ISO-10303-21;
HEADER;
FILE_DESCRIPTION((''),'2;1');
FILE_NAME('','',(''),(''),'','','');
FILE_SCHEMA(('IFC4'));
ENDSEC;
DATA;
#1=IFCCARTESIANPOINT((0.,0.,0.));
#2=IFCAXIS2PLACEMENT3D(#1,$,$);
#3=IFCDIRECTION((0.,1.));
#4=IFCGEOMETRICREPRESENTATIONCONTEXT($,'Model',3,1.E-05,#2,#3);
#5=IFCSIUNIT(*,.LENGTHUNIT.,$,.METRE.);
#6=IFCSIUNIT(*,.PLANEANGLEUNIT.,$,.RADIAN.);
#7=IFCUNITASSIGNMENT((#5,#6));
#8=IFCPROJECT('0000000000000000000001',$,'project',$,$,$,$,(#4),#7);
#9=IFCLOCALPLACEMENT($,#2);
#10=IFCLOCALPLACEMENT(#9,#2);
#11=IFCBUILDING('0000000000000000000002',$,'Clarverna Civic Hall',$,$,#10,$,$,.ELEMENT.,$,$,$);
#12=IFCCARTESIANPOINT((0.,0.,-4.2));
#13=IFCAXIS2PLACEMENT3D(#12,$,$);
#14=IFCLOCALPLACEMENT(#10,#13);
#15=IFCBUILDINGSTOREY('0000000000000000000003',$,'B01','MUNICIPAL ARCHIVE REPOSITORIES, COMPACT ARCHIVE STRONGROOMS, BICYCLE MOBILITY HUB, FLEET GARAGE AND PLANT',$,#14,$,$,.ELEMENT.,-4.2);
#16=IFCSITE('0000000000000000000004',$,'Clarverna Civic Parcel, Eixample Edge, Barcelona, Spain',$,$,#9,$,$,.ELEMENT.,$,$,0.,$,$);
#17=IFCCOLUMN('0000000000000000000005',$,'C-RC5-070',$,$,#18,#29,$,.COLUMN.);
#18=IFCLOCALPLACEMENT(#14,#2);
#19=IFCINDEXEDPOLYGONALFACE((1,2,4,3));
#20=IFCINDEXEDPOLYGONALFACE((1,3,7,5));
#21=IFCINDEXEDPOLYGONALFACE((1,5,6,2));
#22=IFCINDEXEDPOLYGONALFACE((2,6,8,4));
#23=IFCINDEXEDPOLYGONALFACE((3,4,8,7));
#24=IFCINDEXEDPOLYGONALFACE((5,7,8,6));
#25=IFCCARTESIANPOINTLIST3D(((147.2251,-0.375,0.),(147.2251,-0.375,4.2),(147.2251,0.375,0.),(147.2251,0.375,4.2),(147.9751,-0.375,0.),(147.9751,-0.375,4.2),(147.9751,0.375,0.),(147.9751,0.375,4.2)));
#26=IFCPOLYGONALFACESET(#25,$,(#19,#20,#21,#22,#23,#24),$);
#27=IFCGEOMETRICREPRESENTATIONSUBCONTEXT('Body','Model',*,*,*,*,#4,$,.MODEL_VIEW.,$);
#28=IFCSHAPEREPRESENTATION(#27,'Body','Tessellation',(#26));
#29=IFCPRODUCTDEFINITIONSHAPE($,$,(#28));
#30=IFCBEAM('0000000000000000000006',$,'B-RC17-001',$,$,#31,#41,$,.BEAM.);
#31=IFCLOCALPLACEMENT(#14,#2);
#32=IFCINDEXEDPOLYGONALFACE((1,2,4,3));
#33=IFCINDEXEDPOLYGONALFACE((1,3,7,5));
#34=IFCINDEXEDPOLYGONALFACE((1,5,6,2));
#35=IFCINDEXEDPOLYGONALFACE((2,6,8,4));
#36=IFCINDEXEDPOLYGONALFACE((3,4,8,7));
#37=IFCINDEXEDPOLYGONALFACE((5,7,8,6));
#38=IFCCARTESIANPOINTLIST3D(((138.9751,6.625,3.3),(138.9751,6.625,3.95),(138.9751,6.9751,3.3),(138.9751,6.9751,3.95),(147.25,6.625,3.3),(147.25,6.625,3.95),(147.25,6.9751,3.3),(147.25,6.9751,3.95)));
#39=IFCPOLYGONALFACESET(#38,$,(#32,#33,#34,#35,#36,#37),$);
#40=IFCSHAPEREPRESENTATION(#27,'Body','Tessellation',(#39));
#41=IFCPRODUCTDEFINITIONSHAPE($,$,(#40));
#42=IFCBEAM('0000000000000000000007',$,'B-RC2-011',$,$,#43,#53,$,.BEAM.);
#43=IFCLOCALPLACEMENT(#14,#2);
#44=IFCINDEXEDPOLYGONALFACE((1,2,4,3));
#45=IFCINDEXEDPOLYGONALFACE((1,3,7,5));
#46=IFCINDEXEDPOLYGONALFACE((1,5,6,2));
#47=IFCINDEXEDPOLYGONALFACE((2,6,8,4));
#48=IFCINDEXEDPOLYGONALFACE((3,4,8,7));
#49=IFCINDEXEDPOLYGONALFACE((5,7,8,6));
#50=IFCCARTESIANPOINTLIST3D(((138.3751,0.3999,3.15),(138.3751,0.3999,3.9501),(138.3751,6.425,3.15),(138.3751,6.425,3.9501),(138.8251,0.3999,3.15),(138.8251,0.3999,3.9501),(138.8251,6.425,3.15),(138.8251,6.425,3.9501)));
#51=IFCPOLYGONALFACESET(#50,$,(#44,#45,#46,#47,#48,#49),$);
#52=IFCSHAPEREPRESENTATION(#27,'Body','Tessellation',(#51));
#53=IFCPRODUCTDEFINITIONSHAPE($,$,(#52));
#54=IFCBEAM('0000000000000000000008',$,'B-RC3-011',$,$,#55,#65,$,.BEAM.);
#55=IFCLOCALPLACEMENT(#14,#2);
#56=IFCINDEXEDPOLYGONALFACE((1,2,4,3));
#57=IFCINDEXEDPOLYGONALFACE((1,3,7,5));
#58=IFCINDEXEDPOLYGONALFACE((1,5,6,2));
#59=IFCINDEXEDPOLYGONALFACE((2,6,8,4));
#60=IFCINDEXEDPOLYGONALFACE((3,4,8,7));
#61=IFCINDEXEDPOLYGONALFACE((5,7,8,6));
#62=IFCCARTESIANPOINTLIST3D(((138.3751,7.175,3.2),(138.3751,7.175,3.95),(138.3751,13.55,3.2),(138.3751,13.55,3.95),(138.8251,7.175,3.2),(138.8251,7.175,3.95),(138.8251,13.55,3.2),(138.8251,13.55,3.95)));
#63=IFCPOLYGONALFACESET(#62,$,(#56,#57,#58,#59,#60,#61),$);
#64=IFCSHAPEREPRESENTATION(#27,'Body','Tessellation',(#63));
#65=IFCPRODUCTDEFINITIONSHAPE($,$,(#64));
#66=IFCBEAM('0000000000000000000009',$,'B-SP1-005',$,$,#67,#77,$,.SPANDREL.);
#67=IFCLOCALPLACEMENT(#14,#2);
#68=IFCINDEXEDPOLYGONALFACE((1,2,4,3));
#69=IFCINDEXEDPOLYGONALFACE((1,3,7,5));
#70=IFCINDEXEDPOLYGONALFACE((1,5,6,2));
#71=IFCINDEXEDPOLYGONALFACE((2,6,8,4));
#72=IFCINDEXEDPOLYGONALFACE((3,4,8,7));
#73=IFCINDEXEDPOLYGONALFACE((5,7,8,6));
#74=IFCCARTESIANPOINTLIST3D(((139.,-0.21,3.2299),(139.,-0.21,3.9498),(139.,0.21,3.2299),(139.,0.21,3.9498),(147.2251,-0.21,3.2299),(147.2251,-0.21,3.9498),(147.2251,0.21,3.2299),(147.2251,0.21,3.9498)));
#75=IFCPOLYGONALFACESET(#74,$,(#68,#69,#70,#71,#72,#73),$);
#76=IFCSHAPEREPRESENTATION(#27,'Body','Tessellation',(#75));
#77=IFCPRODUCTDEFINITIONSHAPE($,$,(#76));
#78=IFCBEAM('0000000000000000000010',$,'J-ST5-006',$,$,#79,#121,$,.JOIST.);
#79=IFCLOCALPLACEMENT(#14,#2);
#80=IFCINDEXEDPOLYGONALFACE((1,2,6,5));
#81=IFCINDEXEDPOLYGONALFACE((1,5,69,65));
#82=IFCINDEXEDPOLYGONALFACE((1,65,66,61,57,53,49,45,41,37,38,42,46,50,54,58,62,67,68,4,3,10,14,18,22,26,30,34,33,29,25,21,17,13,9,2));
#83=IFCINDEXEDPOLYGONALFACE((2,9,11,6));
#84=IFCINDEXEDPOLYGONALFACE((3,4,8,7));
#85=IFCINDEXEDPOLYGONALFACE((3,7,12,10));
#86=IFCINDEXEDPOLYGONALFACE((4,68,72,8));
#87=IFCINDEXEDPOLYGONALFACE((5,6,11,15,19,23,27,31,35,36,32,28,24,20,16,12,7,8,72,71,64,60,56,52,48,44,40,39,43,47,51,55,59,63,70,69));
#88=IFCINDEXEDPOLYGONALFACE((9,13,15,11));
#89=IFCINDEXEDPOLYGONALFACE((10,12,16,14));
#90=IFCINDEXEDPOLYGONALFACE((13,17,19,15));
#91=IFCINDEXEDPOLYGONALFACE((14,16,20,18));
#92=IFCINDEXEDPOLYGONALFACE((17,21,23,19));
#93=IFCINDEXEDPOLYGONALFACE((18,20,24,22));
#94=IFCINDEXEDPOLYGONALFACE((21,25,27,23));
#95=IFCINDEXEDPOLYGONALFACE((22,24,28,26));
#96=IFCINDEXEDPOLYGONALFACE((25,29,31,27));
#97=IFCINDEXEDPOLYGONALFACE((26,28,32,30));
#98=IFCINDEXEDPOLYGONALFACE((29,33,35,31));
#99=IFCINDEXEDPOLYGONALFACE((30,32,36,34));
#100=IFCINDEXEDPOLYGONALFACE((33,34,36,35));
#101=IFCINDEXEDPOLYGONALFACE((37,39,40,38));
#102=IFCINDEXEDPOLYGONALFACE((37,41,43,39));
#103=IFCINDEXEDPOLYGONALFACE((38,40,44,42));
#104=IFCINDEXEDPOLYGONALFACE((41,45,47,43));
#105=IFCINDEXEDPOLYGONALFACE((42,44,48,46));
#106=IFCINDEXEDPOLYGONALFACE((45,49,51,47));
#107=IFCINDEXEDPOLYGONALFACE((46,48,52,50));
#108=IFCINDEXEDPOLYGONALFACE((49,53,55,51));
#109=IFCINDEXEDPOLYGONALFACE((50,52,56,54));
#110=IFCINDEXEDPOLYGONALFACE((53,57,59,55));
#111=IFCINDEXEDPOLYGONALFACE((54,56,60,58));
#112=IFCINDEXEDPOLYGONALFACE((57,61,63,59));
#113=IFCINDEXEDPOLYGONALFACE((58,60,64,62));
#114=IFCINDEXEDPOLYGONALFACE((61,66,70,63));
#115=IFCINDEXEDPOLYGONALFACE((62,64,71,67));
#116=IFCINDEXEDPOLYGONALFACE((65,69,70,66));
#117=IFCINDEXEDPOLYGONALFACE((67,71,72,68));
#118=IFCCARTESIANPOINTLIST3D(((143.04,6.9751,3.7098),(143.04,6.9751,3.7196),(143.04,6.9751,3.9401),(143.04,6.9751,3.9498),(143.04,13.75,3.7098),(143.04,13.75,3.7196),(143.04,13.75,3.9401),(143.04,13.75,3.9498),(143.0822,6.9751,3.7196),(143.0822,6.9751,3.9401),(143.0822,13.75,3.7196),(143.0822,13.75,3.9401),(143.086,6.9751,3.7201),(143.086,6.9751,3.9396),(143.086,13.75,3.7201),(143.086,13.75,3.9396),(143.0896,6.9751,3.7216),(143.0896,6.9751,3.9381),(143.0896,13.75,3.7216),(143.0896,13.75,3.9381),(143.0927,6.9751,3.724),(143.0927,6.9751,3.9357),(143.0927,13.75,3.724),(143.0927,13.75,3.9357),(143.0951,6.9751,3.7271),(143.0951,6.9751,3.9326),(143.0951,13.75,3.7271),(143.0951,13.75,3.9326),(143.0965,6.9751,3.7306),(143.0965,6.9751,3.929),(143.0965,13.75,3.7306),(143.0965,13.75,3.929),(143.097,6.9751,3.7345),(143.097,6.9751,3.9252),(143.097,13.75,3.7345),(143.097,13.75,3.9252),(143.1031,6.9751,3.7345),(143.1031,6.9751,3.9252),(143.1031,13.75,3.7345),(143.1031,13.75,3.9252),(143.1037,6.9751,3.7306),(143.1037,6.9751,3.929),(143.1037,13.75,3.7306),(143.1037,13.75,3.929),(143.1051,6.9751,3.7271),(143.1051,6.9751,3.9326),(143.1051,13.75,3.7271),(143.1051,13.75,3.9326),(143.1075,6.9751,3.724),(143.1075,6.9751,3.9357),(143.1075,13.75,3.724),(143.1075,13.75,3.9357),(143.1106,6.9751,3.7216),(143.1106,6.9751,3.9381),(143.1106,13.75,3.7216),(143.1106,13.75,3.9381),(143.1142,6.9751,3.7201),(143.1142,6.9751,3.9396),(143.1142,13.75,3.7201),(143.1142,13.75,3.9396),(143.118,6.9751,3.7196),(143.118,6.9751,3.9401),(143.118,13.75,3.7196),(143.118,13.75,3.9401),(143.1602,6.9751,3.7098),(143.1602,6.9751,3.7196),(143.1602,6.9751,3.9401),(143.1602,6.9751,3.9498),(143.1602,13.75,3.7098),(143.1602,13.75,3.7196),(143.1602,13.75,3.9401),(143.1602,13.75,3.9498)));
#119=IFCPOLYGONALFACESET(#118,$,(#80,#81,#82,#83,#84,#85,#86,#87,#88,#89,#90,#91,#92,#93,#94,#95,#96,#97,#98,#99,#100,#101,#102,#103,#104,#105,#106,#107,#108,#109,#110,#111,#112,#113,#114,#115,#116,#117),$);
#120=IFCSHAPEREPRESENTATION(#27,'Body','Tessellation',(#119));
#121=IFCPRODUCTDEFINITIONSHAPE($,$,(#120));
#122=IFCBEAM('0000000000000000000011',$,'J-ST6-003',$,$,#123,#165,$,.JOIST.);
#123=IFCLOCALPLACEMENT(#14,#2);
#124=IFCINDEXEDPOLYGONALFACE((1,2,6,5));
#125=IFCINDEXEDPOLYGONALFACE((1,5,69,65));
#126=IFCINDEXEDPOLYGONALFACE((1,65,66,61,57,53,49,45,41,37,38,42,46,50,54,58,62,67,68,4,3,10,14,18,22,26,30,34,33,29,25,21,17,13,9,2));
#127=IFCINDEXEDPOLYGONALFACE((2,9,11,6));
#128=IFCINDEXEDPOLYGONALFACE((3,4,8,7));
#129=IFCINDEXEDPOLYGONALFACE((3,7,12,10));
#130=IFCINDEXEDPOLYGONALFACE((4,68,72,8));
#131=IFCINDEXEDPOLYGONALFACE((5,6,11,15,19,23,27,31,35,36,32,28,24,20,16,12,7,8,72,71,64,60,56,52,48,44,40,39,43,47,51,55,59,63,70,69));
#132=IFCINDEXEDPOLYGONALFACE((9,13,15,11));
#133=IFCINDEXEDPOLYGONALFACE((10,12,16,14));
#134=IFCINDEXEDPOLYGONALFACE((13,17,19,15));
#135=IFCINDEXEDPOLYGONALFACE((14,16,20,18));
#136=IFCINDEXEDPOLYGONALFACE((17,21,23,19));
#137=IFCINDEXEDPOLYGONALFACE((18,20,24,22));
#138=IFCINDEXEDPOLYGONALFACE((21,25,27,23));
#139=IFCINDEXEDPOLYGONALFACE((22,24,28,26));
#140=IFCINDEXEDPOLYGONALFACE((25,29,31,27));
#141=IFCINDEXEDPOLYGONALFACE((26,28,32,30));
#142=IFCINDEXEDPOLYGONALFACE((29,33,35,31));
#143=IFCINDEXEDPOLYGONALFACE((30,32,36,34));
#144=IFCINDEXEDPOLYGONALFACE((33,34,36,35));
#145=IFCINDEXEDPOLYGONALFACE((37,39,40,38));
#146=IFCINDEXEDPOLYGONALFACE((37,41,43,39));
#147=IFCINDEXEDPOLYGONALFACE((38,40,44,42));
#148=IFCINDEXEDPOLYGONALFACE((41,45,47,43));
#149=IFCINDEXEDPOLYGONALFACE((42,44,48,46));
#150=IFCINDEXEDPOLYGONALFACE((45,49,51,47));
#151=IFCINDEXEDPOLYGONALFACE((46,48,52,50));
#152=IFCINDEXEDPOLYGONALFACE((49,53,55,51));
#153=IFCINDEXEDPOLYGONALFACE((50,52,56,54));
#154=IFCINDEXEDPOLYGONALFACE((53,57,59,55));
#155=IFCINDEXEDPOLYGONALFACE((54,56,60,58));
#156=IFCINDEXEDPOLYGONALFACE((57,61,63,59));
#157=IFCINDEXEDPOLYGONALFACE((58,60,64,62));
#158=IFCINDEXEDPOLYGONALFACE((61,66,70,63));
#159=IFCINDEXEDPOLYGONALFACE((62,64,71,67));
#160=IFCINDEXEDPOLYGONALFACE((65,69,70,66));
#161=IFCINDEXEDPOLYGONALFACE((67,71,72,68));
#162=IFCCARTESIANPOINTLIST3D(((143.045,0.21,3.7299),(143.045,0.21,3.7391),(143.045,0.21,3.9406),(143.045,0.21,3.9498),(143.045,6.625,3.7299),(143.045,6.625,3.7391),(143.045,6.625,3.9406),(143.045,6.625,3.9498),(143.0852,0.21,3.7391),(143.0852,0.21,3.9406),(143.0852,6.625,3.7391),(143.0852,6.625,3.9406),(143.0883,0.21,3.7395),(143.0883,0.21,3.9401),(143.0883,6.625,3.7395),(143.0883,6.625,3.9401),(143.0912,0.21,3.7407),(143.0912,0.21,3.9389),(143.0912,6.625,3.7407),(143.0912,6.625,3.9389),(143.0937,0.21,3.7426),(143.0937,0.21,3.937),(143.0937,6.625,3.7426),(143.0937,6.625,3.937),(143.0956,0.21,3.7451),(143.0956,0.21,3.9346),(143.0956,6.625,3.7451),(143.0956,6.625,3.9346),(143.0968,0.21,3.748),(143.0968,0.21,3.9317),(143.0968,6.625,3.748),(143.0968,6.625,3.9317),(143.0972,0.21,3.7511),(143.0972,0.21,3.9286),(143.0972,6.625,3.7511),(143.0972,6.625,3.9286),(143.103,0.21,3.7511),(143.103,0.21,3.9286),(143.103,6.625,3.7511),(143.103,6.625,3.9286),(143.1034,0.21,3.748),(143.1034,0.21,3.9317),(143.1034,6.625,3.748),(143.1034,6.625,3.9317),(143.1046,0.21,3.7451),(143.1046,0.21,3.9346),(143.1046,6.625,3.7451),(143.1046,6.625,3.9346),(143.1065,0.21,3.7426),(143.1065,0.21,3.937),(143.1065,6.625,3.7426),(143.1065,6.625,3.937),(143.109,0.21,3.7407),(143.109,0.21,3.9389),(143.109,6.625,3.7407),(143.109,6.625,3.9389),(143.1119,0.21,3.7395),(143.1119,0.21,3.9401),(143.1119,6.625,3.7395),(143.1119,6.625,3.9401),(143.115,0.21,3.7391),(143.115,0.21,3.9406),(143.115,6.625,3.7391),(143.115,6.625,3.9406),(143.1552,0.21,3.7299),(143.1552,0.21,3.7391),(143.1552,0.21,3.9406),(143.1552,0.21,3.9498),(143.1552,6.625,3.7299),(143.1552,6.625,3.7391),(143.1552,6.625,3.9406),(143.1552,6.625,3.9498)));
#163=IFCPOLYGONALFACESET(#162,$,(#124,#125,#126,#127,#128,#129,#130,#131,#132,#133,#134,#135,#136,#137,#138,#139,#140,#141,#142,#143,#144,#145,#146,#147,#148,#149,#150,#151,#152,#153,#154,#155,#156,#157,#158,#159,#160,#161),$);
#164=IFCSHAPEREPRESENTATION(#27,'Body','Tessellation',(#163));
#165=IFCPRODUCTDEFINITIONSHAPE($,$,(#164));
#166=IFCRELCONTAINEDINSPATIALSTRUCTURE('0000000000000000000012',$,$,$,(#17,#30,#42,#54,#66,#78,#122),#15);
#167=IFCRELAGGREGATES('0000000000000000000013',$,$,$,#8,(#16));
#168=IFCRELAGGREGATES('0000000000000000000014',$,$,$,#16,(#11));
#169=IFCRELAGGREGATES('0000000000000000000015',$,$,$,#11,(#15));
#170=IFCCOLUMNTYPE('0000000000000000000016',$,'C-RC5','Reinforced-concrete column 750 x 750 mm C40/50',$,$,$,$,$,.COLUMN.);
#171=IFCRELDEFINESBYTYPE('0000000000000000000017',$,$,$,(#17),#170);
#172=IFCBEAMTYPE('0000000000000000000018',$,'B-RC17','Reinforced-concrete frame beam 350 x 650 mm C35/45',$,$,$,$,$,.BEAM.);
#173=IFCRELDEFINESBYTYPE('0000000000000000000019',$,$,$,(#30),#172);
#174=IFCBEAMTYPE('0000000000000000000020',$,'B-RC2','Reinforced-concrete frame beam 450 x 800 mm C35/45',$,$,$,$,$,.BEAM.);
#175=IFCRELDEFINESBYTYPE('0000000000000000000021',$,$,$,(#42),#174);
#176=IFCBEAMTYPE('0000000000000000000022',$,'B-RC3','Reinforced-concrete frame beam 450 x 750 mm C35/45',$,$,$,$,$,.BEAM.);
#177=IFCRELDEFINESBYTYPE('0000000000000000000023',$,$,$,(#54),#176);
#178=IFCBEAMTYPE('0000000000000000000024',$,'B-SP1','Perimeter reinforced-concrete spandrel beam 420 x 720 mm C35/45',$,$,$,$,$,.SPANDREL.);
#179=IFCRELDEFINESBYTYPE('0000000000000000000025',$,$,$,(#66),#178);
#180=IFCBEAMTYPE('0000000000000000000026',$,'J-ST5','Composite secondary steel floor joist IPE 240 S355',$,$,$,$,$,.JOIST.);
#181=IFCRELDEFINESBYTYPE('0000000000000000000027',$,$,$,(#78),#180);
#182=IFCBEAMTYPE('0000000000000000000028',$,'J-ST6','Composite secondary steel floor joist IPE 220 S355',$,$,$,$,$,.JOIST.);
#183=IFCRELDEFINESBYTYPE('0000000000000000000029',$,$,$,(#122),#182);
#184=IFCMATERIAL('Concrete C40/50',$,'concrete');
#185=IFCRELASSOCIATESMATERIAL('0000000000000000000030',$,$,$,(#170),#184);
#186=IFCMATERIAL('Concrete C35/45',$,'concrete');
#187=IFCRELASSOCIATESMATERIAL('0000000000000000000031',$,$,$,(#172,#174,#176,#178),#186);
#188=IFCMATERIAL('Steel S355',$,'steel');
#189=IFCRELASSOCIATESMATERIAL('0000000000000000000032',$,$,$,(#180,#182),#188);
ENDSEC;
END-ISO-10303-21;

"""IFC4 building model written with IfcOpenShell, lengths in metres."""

from ifc_helpers import new_model, si_unit, direction, frame, origin, origin_2d, place, context, subcontext, project, spatial, rectangle, i_section, extrude, material, material_profile, profile_set, type_object, element, save


model = new_model("IFC4")

# Units and contexts
model_context = context("Model", 3, precision=1e-05, world=origin(), true_north=direction((0.0, 1.0)))
body_context = subcontext(model_context, "Body", "Model", "MODEL_VIEW")
ifc_project = project(units=[si_unit("LENGTHUNIT", "METRE"), si_unit("PLANEANGLEUNIT", "RADIAN")], contexts=[model_context])

# Site, building, storey
site_placement = place(None, origin())
site = spatial("IfcSite", under=ifc_project, at=site_placement, Name="Clarverna Civic Parcel, Eixample Edge, Barcelona, Spain", CompositionType="ELEMENT", RefElevation=0.0)
building_placement = place(site_placement, origin())
building = spatial("IfcBuilding", under=site, at=building_placement, Name="Clarverna Civic Hall", CompositionType="ELEMENT")
storey_placement = place(building_placement, frame((0.0, 0.0, -4.2)))
storey = spatial("IfcBuildingStorey", under=building, at=storey_placement, Name="B01", Description="MUNICIPAL ARCHIVE REPOSITORIES, COMPACT ARCHIVE STRONGROOMS, BICYCLE MOBILITY HUB, FLEET GARAGE AND PLANT", CompositionType="ELEMENT", Elevation=-4.2)

# Column
ifc_material_1 = material(Name="Concrete C40/50", Category="concrete")
ifc_material_profile_1 = material_profile(ifc_material_1, rectangle(XDim=0.75, YDim=0.75, at=origin_2d()), Name="RC 750x750")
ifc_profile_set_1 = profile_set([ifc_material_profile_1], Name="Concrete C40/50")
column_type_1 = type_object("IfcColumnType", Name="C-RC5", Description="Reinforced-concrete column 750 x 750 mm C40/50", PredefinedType="COLUMN", material=ifc_profile_set_1)
for number, where, z_axis, x_axis, name in (
    (1, (147.6001, 0.0, 0.0), (0.0, 0.0, 1.0), (1.0, 0.0, 0.0), "C-RC5-070"),
):
    element("IfcColumn", number, at=place(storey_placement, frame(where, z_axis=z_axis, x_axis=x_axis)), inside=storey, type_object=column_type_1, Name=name, PredefinedType="COLUMN", context=body_context, shape_type="SweptSolid", body=[
        extrude(rectangle(XDim=0.75, YDim=0.75, at=origin_2d()), origin(), (0.0, 0.0, 1.0), 4.2),
    ])

# Beams
ifc_material_2 = material(Name="Concrete C35/45", Category="concrete")
ifc_material_profile_2 = material_profile(ifc_material_2, rectangle(XDim=0.3501, YDim=0.6499, at=origin_2d()), Name="RC 350x650")
ifc_profile_set_2 = profile_set([ifc_material_profile_2], Name="Concrete C35/45")
beam_type_1 = type_object("IfcBeamType", Name="B-RC17", Description="Reinforced-concrete frame beam 350 x 650 mm C35/45", PredefinedType="BEAM", material=ifc_profile_set_2)
beam_1_placement = place(storey_placement, frame((138.9751, 6.8, 3.625), z_axis=(1.0, 0.0, 0.0), x_axis=(0.0, 1.0, 0.0)))
element("IfcBeam", 2, at=beam_1_placement, inside=storey, type_object=beam_type_1, Name="B-RC17-001", PredefinedType="BEAM", context=body_context, shape_type="SweptSolid", body=[
    extrude(rectangle(XDim=0.3501, YDim=0.6499, at=origin_2d()), origin(), (0.0, 0.0, 1.0), 8.2749),
])
ifc_material_profile_3 = material_profile(ifc_material_2, rectangle(XDim=0.45, YDim=0.8, at=origin_2d()), Name="RC 450x800")
ifc_profile_set_3 = profile_set([ifc_material_profile_3], Name="Concrete C35/45")
beam_type_2 = type_object("IfcBeamType", Name="B-RC2", Description="Reinforced-concrete frame beam 450 x 800 mm C35/45", PredefinedType="BEAM", material=ifc_profile_set_3)
beam_2_placement = place(storey_placement, frame((138.6001, 0.3999, 3.55), z_axis=(0.0, 1.0, 0.0), x_axis=(-1.0, 0.0, 0.0)))
element("IfcBeam", 3, at=beam_2_placement, inside=storey, type_object=beam_type_2, Name="B-RC2-011", PredefinedType="BEAM", context=body_context, shape_type="SweptSolid", body=[
    extrude(rectangle(XDim=0.45, YDim=0.8, at=origin_2d()), origin(), (0.0, 0.0, 1.0), 6.0251),
])
ifc_material_profile_4 = material_profile(ifc_material_2, rectangle(XDim=0.45, YDim=0.75, at=origin_2d()), Name="RC 450x750")
ifc_profile_set_4 = profile_set([ifc_material_profile_4], Name="Concrete C35/45")
beam_type_3 = type_object("IfcBeamType", Name="B-RC3", Description="Reinforced-concrete frame beam 450 x 750 mm C35/45", PredefinedType="BEAM", material=ifc_profile_set_4)
beam_3_placement = place(storey_placement, frame((138.6001, 7.175, 3.575), z_axis=(0.0, 1.0, 0.0), x_axis=(-1.0, 0.0, 0.0)))
element("IfcBeam", 4, at=beam_3_placement, inside=storey, type_object=beam_type_3, Name="B-RC3-011", PredefinedType="BEAM", context=body_context, shape_type="SweptSolid", body=[
    extrude(rectangle(XDim=0.45, YDim=0.75, at=origin_2d()), origin(), (0.0, 0.0, 1.0), 6.375),
])
ifc_material_profile_5 = material_profile(ifc_material_2, rectangle(XDim=0.4199, YDim=0.72, at=origin_2d()), Name="RC 420x720")
ifc_profile_set_5 = profile_set([ifc_material_profile_5], Name="Concrete C35/45")
beam_type_4 = type_object("IfcBeamType", Name="B-SP1", Description="Perimeter reinforced-concrete spandrel beam 420 x 720 mm C35/45", PredefinedType="SPANDREL", material=ifc_profile_set_5)
beam_4_placement = place(storey_placement, frame((139.0, 0.0, 3.5898), z_axis=(1.0, 0.0, 0.0), x_axis=(0.0, 1.0, 0.0)))
element("IfcBeam", 5, at=beam_4_placement, inside=storey, type_object=beam_type_4, Name="B-SP1-005", PredefinedType="SPANDREL", context=body_context, shape_type="SweptSolid", body=[
    extrude(rectangle(XDim=0.4199, YDim=0.72, at=origin_2d()), origin(), (0.0, 0.0, 1.0), 8.2251),
])
ifc_material_3 = material(Name="Steel S355", Category="steel")
ifc_material_profile_6 = material_profile(ifc_material_3, i_section(OverallWidth=0.1201, OverallDepth=0.24, WebThickness=0.0061, FlangeThickness=0.0098, FilletRadius=0.0149, at=origin_2d()), Name="IPE 240")
ifc_profile_set_6 = profile_set([ifc_material_profile_6], Name="Steel S355")
beam_type_5 = type_object("IfcBeamType", Name="J-ST5", Description="Composite secondary steel floor joist IPE 240 S355", PredefinedType="JOIST", material=ifc_profile_set_6)
beam_5_placement = place(storey_placement, frame((143.1001, 6.9751, 3.8298), z_axis=(0.0, 1.0, 0.0), x_axis=(-1.0, 0.0, 0.0)))
element("IfcBeam", 6, at=beam_5_placement, inside=storey, type_object=beam_type_5, Name="J-ST5-006", PredefinedType="JOIST", context=body_context, shape_type="SweptSolid", body=[
    extrude(i_section(OverallWidth=0.1201, OverallDepth=0.24, WebThickness=0.0061, FlangeThickness=0.0098, FilletRadius=0.0149, at=origin_2d()), origin(), (0.0, 0.0, 1.0), 6.7749),
])
ifc_material_profile_7 = material_profile(ifc_material_3, i_section(OverallWidth=0.1101, OverallDepth=0.22, WebThickness=0.0059, FlangeThickness=0.0093, FilletRadius=0.012, at=origin_2d()), Name="IPE 220")
ifc_profile_set_7 = profile_set([ifc_material_profile_7], Name="Steel S355")
beam_type_6 = type_object("IfcBeamType", Name="J-ST6", Description="Composite secondary steel floor joist IPE 220 S355", PredefinedType="JOIST", material=ifc_profile_set_7)
beam_6_placement = place(storey_placement, frame((143.1001, 0.21, 3.8398), z_axis=(0.0, 1.0, 0.0), x_axis=(-1.0, 0.0, 0.0)))
element("IfcBeam", 7, at=beam_6_placement, inside=storey, type_object=beam_type_6, Name="J-ST6-003", PredefinedType="JOIST", context=body_context, shape_type="SweptSolid", body=[
    extrude(i_section(OverallWidth=0.1101, OverallDepth=0.22, WebThickness=0.0059, FlangeThickness=0.0093, FilletRadius=0.012, at=origin_2d()), origin(), (0.0, 0.0, 1.0), 6.415),
])

save(model, "model.ifc")
